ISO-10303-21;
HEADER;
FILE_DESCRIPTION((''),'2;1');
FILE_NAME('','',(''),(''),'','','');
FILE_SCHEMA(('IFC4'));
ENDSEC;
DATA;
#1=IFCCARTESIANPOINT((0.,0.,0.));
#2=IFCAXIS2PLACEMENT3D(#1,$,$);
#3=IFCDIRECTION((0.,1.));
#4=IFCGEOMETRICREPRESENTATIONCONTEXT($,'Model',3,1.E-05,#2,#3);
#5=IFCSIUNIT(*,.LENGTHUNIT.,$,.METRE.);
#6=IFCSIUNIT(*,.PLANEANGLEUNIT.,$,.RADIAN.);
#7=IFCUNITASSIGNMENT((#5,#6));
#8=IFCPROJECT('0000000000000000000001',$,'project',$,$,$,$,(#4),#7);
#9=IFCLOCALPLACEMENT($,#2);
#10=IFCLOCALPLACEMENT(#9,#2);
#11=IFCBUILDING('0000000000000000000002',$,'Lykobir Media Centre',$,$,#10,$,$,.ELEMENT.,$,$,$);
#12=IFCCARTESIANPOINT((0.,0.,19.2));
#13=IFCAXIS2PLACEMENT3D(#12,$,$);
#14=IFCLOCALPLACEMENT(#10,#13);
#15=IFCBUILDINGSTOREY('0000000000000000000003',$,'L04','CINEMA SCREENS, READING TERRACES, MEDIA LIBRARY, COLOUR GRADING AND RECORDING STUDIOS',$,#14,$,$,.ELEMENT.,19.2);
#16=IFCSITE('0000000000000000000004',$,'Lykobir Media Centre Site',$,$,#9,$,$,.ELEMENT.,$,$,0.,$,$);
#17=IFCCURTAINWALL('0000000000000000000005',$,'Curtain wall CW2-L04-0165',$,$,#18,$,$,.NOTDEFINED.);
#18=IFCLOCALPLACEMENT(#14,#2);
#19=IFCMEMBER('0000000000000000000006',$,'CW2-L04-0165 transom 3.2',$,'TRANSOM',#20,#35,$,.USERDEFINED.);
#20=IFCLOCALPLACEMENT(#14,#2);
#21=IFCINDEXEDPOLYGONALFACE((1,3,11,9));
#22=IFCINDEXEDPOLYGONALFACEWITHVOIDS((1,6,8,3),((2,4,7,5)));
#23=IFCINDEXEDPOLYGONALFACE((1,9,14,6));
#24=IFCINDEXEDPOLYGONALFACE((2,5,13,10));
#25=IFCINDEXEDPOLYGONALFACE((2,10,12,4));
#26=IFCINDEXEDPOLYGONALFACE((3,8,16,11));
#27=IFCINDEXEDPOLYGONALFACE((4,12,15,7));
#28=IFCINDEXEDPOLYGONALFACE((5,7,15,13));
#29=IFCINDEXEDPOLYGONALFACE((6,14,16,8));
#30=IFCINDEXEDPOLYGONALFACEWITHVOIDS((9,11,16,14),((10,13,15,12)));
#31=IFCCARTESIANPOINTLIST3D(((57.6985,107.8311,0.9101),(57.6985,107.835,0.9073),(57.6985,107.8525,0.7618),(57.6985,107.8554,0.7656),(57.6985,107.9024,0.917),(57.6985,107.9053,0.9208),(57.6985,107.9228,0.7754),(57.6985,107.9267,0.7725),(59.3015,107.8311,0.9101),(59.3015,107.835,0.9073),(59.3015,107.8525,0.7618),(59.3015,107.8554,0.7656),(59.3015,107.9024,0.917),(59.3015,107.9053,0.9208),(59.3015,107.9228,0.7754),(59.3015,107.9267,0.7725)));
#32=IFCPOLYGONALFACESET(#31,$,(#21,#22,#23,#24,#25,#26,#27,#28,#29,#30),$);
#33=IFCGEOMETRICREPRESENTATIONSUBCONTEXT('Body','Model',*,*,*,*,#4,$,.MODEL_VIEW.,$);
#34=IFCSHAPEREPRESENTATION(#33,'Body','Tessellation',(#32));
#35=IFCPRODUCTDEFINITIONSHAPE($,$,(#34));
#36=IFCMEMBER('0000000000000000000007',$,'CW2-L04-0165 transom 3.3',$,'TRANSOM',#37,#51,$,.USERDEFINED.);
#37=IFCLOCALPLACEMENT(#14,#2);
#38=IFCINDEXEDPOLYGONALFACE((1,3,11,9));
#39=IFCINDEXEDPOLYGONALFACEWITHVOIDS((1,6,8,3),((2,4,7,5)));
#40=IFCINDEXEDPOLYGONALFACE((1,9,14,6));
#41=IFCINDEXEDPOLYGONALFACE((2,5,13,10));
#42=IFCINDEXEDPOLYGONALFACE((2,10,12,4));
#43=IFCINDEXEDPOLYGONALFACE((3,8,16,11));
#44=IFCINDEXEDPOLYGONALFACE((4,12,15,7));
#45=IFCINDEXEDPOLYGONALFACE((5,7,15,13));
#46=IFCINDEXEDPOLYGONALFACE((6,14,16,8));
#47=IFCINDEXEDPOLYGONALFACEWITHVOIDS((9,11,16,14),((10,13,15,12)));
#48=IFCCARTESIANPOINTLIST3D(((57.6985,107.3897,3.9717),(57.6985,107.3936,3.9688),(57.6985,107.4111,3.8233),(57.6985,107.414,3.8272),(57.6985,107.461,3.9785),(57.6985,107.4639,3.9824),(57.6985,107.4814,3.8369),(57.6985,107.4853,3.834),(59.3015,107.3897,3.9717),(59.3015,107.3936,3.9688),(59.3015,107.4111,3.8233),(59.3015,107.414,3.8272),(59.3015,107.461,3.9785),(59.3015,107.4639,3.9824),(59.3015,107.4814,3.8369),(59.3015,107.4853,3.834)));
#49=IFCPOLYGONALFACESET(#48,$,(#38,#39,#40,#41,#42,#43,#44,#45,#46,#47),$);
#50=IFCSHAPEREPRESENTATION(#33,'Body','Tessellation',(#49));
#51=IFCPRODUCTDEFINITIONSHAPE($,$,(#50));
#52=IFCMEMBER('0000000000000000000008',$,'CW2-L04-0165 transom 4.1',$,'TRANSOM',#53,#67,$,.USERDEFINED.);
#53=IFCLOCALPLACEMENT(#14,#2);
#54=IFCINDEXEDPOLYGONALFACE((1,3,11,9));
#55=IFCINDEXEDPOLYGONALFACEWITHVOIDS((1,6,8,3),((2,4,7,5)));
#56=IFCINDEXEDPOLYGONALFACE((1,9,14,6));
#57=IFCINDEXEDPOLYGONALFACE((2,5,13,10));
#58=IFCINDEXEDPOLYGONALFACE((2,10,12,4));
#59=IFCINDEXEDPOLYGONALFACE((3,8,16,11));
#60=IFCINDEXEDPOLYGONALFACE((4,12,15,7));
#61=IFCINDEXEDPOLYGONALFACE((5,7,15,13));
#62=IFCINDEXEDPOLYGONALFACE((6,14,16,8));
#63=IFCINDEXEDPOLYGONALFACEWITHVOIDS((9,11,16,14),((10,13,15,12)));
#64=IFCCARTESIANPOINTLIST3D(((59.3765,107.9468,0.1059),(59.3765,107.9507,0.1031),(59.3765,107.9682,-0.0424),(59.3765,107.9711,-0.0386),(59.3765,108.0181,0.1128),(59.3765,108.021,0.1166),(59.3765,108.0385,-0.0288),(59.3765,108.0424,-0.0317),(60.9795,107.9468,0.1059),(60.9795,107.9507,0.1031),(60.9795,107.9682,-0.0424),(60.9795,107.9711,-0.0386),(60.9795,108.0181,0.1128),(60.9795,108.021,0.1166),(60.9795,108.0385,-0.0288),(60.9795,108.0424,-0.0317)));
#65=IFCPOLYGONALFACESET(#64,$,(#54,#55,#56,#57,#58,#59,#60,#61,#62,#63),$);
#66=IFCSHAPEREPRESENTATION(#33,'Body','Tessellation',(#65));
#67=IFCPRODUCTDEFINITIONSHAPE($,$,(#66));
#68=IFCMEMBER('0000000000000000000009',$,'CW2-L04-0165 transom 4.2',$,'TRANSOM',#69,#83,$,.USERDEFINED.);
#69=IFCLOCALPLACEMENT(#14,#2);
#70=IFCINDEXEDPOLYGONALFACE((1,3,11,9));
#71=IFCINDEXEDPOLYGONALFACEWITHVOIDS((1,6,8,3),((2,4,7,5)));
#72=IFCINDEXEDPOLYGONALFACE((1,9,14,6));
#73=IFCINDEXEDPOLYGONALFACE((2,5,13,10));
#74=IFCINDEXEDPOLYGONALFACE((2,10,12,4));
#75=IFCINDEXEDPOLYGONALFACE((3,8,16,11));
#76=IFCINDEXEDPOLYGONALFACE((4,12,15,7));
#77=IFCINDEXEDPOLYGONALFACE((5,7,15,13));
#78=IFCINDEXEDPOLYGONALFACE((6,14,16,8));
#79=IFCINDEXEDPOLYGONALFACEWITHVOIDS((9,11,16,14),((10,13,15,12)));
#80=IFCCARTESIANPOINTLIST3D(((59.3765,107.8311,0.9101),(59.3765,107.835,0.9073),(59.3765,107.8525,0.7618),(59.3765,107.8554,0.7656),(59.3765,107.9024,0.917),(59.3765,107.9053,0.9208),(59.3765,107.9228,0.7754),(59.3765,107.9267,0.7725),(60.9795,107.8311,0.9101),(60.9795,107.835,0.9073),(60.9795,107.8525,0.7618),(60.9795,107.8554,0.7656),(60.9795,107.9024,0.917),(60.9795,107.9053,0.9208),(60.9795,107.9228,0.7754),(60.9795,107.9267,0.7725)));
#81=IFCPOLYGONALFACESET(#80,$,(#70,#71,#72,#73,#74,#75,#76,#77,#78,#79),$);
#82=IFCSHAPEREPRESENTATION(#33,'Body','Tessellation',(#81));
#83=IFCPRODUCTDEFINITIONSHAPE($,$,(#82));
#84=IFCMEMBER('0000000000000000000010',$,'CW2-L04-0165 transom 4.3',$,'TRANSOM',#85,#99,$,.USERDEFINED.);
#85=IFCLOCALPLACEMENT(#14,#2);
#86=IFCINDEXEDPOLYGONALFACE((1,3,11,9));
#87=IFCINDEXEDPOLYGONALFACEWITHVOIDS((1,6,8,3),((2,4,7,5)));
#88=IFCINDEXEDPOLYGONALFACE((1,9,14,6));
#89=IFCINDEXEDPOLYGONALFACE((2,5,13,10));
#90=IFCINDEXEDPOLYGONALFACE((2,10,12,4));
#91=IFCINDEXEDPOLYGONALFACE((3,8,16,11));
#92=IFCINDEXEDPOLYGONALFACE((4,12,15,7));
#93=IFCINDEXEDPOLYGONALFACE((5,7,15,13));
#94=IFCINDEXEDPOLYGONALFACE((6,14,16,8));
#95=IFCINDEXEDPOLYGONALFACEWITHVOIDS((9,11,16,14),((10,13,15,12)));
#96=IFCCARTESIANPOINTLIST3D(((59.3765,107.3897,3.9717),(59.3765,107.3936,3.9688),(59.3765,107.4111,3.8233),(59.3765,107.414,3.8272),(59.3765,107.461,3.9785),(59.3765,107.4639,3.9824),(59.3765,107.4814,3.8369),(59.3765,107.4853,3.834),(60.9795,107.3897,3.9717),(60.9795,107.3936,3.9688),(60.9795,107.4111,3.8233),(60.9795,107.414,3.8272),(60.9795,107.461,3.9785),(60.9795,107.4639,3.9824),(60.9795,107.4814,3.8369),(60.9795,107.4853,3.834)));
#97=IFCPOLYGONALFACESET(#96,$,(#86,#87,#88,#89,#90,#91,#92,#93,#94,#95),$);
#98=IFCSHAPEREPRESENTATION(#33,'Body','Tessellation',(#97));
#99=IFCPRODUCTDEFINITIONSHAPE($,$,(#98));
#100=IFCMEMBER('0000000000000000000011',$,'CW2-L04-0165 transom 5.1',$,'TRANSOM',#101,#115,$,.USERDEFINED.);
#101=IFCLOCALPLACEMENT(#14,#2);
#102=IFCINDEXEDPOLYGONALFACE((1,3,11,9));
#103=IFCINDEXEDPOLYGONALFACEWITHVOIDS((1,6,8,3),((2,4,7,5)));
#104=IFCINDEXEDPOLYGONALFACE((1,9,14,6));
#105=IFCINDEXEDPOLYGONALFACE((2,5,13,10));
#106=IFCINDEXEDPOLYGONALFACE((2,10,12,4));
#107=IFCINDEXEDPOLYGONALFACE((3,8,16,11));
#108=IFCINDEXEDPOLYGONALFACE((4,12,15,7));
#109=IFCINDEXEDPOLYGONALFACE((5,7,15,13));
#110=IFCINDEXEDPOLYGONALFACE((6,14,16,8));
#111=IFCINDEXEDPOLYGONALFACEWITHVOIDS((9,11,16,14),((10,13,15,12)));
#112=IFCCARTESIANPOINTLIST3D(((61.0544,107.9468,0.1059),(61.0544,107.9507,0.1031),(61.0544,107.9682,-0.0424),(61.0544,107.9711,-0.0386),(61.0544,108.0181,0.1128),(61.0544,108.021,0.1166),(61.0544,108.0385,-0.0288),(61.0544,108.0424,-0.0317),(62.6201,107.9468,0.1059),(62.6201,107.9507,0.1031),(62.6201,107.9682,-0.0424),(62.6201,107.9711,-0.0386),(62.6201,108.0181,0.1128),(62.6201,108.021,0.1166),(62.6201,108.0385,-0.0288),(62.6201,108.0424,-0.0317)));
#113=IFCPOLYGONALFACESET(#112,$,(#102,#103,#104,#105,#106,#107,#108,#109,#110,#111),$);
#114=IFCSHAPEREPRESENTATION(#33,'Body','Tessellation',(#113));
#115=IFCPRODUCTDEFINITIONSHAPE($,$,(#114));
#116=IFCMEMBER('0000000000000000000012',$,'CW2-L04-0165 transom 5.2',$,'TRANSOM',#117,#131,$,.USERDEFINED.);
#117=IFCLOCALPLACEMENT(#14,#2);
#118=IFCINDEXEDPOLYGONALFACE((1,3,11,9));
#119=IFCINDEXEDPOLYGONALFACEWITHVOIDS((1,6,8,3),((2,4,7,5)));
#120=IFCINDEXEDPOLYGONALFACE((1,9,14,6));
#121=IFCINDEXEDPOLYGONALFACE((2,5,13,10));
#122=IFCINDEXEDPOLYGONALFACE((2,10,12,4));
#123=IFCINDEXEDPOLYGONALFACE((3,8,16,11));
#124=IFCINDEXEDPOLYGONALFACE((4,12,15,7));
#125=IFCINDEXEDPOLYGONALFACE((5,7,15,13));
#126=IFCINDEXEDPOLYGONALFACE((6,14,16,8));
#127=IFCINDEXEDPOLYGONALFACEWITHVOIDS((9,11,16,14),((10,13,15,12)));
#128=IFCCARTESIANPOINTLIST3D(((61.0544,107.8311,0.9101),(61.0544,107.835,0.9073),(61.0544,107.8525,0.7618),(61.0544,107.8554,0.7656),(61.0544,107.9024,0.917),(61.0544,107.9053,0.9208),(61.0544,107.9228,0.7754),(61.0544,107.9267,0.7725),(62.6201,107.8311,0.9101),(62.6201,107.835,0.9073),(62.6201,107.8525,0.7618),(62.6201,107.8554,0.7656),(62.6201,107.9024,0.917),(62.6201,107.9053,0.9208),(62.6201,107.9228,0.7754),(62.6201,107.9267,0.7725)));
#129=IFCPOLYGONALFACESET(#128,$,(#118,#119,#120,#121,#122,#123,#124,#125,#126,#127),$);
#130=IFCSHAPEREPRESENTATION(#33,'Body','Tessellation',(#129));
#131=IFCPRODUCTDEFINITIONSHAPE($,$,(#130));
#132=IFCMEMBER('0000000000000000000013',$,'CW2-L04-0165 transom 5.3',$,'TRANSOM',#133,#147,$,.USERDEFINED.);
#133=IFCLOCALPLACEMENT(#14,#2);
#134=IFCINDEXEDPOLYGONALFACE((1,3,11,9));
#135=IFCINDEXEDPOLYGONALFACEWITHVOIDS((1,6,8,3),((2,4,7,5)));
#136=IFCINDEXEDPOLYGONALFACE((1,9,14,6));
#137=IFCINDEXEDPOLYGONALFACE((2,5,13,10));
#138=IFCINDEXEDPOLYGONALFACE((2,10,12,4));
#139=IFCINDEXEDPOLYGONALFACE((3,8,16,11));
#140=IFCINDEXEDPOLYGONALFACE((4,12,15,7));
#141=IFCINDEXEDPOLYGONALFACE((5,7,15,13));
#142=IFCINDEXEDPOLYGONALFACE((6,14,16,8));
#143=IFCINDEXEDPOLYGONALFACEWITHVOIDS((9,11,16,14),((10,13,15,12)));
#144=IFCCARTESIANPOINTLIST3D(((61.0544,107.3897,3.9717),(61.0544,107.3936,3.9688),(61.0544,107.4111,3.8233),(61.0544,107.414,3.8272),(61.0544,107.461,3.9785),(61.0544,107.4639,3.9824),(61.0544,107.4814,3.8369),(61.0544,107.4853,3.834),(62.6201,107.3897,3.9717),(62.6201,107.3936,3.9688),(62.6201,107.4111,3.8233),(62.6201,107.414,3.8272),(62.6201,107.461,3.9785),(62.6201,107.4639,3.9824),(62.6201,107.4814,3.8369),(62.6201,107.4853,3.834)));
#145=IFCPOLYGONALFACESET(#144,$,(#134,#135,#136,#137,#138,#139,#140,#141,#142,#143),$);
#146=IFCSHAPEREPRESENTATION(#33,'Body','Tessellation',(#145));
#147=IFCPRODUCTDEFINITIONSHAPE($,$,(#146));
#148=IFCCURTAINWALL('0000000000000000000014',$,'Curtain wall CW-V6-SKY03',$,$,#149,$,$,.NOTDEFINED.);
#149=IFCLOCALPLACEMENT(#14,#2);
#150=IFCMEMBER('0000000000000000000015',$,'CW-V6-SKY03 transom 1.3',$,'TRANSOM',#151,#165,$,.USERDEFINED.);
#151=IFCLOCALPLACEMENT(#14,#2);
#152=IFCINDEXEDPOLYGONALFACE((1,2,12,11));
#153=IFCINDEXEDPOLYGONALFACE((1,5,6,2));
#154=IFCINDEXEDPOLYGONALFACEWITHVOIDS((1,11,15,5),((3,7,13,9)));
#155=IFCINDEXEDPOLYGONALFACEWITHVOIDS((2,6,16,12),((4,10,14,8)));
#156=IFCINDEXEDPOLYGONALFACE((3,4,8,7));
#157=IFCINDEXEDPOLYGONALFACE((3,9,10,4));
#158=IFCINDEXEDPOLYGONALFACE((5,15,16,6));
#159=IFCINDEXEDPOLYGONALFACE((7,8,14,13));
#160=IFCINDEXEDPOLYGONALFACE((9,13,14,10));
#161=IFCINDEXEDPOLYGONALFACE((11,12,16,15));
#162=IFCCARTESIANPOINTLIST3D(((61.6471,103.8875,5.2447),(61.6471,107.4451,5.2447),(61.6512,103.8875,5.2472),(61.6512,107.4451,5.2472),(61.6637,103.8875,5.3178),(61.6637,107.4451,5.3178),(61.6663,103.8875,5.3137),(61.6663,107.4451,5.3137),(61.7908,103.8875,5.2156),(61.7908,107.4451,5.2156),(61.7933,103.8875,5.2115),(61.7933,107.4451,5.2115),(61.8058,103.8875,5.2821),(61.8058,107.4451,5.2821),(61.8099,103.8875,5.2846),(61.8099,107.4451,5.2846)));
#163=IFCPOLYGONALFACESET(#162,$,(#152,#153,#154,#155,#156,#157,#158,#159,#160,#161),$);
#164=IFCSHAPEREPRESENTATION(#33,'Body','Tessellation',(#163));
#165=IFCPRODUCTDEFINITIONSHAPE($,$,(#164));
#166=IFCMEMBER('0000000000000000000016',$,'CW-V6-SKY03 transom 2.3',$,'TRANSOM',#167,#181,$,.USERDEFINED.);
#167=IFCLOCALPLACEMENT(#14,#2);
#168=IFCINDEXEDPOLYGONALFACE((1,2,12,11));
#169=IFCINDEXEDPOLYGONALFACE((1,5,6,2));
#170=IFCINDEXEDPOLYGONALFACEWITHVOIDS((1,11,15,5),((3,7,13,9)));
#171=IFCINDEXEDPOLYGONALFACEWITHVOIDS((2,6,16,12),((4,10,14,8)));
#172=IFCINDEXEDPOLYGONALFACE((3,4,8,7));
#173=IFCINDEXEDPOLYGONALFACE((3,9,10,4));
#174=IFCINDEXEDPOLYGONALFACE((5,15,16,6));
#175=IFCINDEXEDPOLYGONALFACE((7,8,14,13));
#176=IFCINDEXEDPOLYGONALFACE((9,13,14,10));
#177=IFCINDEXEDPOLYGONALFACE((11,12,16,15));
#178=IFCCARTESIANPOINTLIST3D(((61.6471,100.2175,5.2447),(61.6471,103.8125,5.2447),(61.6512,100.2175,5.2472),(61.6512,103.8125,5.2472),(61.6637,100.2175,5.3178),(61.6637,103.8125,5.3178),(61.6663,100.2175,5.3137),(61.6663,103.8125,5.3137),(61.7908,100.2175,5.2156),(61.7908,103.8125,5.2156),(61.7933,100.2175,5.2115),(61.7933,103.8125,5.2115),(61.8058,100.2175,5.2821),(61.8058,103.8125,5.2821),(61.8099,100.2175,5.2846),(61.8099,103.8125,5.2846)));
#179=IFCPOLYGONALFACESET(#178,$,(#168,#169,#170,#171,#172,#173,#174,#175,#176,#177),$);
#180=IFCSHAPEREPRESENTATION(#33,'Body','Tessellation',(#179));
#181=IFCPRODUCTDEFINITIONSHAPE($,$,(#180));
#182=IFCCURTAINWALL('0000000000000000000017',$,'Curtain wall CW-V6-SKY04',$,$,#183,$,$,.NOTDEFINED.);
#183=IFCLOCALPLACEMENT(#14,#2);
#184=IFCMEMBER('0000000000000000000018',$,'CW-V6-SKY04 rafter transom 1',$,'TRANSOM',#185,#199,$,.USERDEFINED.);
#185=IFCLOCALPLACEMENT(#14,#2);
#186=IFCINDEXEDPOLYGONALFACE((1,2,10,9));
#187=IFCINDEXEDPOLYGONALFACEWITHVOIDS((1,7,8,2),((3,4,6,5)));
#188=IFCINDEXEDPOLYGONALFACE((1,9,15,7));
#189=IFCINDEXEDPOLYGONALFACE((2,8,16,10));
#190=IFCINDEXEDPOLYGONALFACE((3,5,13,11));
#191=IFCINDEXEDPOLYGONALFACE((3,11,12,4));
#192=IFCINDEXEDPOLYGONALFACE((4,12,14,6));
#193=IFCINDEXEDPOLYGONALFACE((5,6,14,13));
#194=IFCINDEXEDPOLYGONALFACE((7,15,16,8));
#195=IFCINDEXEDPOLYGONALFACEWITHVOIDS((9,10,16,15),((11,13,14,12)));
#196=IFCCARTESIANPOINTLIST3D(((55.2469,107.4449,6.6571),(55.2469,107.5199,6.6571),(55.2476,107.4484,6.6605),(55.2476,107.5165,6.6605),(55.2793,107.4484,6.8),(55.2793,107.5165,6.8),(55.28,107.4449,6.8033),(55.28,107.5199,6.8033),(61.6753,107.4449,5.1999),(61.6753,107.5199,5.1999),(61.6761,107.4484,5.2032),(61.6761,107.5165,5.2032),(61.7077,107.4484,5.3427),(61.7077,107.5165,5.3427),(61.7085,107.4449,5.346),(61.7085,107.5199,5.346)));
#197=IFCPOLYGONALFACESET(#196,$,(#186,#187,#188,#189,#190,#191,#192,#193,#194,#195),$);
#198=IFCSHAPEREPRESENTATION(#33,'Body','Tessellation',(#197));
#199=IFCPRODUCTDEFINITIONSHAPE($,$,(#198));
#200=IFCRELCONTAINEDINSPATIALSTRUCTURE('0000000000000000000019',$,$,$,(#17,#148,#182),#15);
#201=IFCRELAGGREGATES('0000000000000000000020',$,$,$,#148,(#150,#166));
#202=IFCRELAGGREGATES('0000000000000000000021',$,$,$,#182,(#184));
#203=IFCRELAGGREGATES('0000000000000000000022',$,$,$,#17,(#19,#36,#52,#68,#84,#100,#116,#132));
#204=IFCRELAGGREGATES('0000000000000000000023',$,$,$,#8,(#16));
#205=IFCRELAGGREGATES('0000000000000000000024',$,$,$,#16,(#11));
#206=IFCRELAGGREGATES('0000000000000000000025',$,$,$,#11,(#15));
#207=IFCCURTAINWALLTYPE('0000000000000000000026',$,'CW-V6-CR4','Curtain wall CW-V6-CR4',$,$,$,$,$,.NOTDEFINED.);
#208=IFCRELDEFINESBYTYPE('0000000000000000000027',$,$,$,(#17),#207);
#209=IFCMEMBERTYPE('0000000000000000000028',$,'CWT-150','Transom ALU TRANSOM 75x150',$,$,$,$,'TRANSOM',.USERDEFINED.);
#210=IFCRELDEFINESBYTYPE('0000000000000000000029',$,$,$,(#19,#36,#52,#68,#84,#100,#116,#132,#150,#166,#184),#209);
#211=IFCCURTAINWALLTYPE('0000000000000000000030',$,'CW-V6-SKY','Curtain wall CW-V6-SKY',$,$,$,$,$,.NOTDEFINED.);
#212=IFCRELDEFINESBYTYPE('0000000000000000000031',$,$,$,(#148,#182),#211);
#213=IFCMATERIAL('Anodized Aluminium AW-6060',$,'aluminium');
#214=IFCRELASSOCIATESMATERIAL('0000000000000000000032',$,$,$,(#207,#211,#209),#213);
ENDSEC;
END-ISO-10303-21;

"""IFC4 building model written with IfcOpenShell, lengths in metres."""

from ifc_helpers import new_model, si_unit, direction, frame, origin, origin_2d, place, context, subcontext, project, spatial, hollow_rectangle, extrude, material, material_profile, profile_set, type_object, element, aggregate, save


model = new_model("IFC4")

# Units and contexts
model_context = context("Model", 3, precision=1e-05, world=origin(), true_north=direction((0.0, 1.0)))
body_context = subcontext(model_context, "Body", "Model", "MODEL_VIEW")
ifc_project = project(units=[si_unit("LENGTHUNIT", "METRE"), si_unit("PLANEANGLEUNIT", "RADIAN")], contexts=[model_context])

# Site, building, storey
site_placement = place(None, origin())
site = spatial("IfcSite", under=ifc_project, at=site_placement, Name="Lykobir Media Centre Site", CompositionType="ELEMENT", RefElevation=0.0)
building_placement = place(site_placement, origin())
building = spatial("IfcBuilding", under=site, at=building_placement, Name="Lykobir Media Centre", CompositionType="ELEMENT")
storey_placement = place(building_placement, frame((0.0, 0.0, 19.2)))
storey = spatial("IfcBuildingStorey", under=building, at=storey_placement, Name="L04", Description="CINEMA SCREENS, READING TERRACES, MEDIA LIBRARY, COLOUR GRADING AND RECORDING STUDIOS", CompositionType="ELEMENT", Elevation=19.2)

# Curtain walls, members
ifc_material_1 = material(Name="Anodized Aluminium AW-6060", Category="aluminium")
curtain_wall_type_1 = type_object("IfcCurtainWallType", Name="CW-V6-CR4", Description="Curtain wall CW-V6-CR4", PredefinedType="NOTDEFINED", material=ifc_material_1)
curtain_wall_1_placement = place(storey_placement, origin())
curtain_wall_1 = element("IfcCurtainWall", 1, at=curtain_wall_1_placement, inside=storey, type_object=curtain_wall_type_1, Name="Curtain wall CW2-L04-0165", PredefinedType="NOTDEFINED")
ifc_material_profile_1 = material_profile(ifc_material_1, hollow_rectangle(XDim=0.075, YDim=0.1499, WallThickness=0.0034, at=origin_2d()), Name="ALU TRANSOM 75x150")
ifc_profile_set_1 = profile_set([ifc_material_profile_1], Name="Anodized Aluminium AW-6060")
member_type_1 = type_object("IfcMemberType", Name="CWT-150", Description="Transom ALU TRANSOM 75x150", ElementType="TRANSOM", PredefinedType="USERDEFINED", material=ifc_profile_set_1)
member_1_placement = place(storey_placement, frame((57.6985, 107.8789, 0.8413), z_axis=(1.0, 0.0, 0.0), x_axis=(0.0, 0.989776, 0.142629)))
member_1 = element("IfcMember", 2, at=member_1_placement, type_object=member_type_1, Name="CW2-L04-0165 transom 3.2", ObjectType="TRANSOM", PredefinedType="USERDEFINED", context=body_context, shape_type="SweptSolid", body=[
    extrude(hollow_rectangle(XDim=0.075, YDim=0.1499, WallThickness=0.0034, at=origin_2d()), origin(), (0.0, 0.0, 1.0), 1.603),
])
member_2_placement = place(storey_placement, frame((57.6985, 107.4375, 3.9028), z_axis=(1.0, 0.0, 0.0), x_axis=(0.0, 0.989776, 0.142629)))
member_2 = element("IfcMember", 3, at=member_2_placement, type_object=member_type_1, Name="CW2-L04-0165 transom 3.3", ObjectType="TRANSOM", PredefinedType="USERDEFINED", context=body_context, shape_type="SweptSolid", body=[
    extrude(hollow_rectangle(XDim=0.075, YDim=0.1499, WallThickness=0.0034, at=origin_2d()), origin(), (0.0, 0.0, 1.0), 1.603),
])
member_3_placement = place(storey_placement, frame((59.3765, 107.9946, 0.0371), z_axis=(1.0, 0.0, 0.0), x_axis=(0.0, 0.989776, 0.142629)))
member_3 = element("IfcMember", 4, at=member_3_placement, type_object=member_type_1, Name="CW2-L04-0165 transom 4.1", ObjectType="TRANSOM", PredefinedType="USERDEFINED", context=body_context, shape_type="SweptSolid", body=[
    extrude(hollow_rectangle(XDim=0.075, YDim=0.1499, WallThickness=0.0034, at=origin_2d()), origin(), (0.0, 0.0, 1.0), 1.603),
])
member_4_placement = place(storey_placement, frame((59.3765, 107.8789, 0.8413), z_axis=(1.0, 0.0, 0.0), x_axis=(0.0, 0.989776, 0.142629)))
member_4 = element("IfcMember", 5, at=member_4_placement, type_object=member_type_1, Name="CW2-L04-0165 transom 4.2", ObjectType="TRANSOM", PredefinedType="USERDEFINED", context=body_context, shape_type="SweptSolid", body=[
    extrude(hollow_rectangle(XDim=0.075, YDim=0.1499, WallThickness=0.0034, at=origin_2d()), origin(), (0.0, 0.0, 1.0), 1.603),
])
member_5_placement = place(storey_placement, frame((59.3765, 107.4375, 3.9028), z_axis=(1.0, 0.0, 0.0), x_axis=(0.0, 0.989776, 0.142629)))
member_5 = element("IfcMember", 6, at=member_5_placement, type_object=member_type_1, Name="CW2-L04-0165 transom 4.3", ObjectType="TRANSOM", PredefinedType="USERDEFINED", context=body_context, shape_type="SweptSolid", body=[
    extrude(hollow_rectangle(XDim=0.075, YDim=0.1499, WallThickness=0.0034, at=origin_2d()), origin(), (0.0, 0.0, 1.0), 1.603),
])
member_6_placement = place(storey_placement, frame((61.0544, 107.9946, 0.0371), z_axis=(1.0, 0.0, 0.0), x_axis=(0.0, 0.989776, 0.142629)))
member_6 = element("IfcMember", 7, at=member_6_placement, type_object=member_type_1, Name="CW2-L04-0165 transom 5.1", ObjectType="TRANSOM", PredefinedType="USERDEFINED", context=body_context, shape_type="SweptSolid", body=[
    extrude(hollow_rectangle(XDim=0.075, YDim=0.1499, WallThickness=0.0034, at=origin_2d()), origin(), (0.0, 0.0, 1.0), 1.5657),
])
member_7_placement = place(storey_placement, frame((61.0544, 107.8789, 0.8413), z_axis=(1.0, 0.0, 0.0), x_axis=(0.0, 0.989776, 0.142629)))
member_7 = element("IfcMember", 8, at=member_7_placement, type_object=member_type_1, Name="CW2-L04-0165 transom 5.2", ObjectType="TRANSOM", PredefinedType="USERDEFINED", context=body_context, shape_type="SweptSolid", body=[
    extrude(hollow_rectangle(XDim=0.075, YDim=0.1499, WallThickness=0.0034, at=origin_2d()), origin(), (0.0, 0.0, 1.0), 1.5657),
])
member_8_placement = place(storey_placement, frame((61.0544, 107.4375, 3.9028), z_axis=(1.0, 0.0, 0.0), x_axis=(0.0, 0.989776, 0.142629)))
member_8 = element("IfcMember", 9, at=member_8_placement, type_object=member_type_1, Name="CW2-L04-0165 transom 5.3", ObjectType="TRANSOM", PredefinedType="USERDEFINED", context=body_context, shape_type="SweptSolid", body=[
    extrude(hollow_rectangle(XDim=0.075, YDim=0.1499, WallThickness=0.0034, at=origin_2d()), origin(), (0.0, 0.0, 1.0), 1.5657),
])
curtain_wall_type_2 = type_object("IfcCurtainWallType", Name="CW-V6-SKY", Description="Curtain wall CW-V6-SKY", PredefinedType="NOTDEFINED", material=ifc_material_1)
curtain_wall_2_placement = place(storey_placement, origin())
curtain_wall_2 = element("IfcCurtainWall", 10, at=curtain_wall_2_placement, inside=storey, type_object=curtain_wall_type_2, Name="Curtain wall CW-V6-SKY03", PredefinedType="NOTDEFINED")
member_9_placement = place(storey_placement, frame((61.7285, 107.4451, 5.2646), z_axis=(0.0, -1.0, 0.0), x_axis=(0.221055, 0.0, 0.975261)))
member_9 = element("IfcMember", 11, at=member_9_placement, type_object=member_type_1, Name="CW-V6-SKY03 transom 1.3", ObjectType="TRANSOM", PredefinedType="USERDEFINED", context=body_context, shape_type="SweptSolid", body=[
    extrude(hollow_rectangle(XDim=0.075, YDim=0.1499, WallThickness=0.0034, at=origin_2d()), origin(), (0.0, 0.0, 1.0), 3.5576),
])
member_10_placement = place(storey_placement, frame((61.7285, 103.8125, 5.2646), z_axis=(0.0, -1.0, 0.0), x_axis=(0.221055, 0.0, 0.975261)))
member_10 = element("IfcMember", 12, at=member_10_placement, type_object=member_type_1, Name="CW-V6-SKY03 transom 2.3", ObjectType="TRANSOM", PredefinedType="USERDEFINED", context=body_context, shape_type="SweptSolid", body=[
    extrude(hollow_rectangle(XDim=0.075, YDim=0.1499, WallThickness=0.0034, at=origin_2d()), origin(), (0.0, 0.0, 1.0), 3.595),
])
aggregate(curtain_wall_2, [member_9, member_10])
curtain_wall_3_placement = place(storey_placement, origin())
curtain_wall_3 = element("IfcCurtainWall", 13, at=curtain_wall_3_placement, inside=storey, type_object=curtain_wall_type_2, Name="Curtain wall CW-V6-SKY04", PredefinedType="NOTDEFINED")
member_11_placement = place(storey_placement, frame((61.6919, 107.4824, 5.2729), z_axis=(-0.975255, 0.0, 0.221082), x_axis=(0.0, -1.0, 0.0)))
member_11 = element("IfcMember", 14, at=member_11_placement, type_object=member_type_1, Name="CW-V6-SKY04 rafter transom 1", ObjectType="TRANSOM", PredefinedType="USERDEFINED", context=body_context, shape_type="SweptSolid", body=[
    extrude(hollow_rectangle(XDim=0.075, YDim=0.1499, WallThickness=0.0034, at=origin_2d()), origin(), (0.0, 0.0, 1.0), 6.5916),
])

aggregate(curtain_wall_3, [member_11])
aggregate(curtain_wall_1, [member_1, member_2, member_3, member_4, member_5, member_6, member_7, member_8])

save(model, "model.ifc")
